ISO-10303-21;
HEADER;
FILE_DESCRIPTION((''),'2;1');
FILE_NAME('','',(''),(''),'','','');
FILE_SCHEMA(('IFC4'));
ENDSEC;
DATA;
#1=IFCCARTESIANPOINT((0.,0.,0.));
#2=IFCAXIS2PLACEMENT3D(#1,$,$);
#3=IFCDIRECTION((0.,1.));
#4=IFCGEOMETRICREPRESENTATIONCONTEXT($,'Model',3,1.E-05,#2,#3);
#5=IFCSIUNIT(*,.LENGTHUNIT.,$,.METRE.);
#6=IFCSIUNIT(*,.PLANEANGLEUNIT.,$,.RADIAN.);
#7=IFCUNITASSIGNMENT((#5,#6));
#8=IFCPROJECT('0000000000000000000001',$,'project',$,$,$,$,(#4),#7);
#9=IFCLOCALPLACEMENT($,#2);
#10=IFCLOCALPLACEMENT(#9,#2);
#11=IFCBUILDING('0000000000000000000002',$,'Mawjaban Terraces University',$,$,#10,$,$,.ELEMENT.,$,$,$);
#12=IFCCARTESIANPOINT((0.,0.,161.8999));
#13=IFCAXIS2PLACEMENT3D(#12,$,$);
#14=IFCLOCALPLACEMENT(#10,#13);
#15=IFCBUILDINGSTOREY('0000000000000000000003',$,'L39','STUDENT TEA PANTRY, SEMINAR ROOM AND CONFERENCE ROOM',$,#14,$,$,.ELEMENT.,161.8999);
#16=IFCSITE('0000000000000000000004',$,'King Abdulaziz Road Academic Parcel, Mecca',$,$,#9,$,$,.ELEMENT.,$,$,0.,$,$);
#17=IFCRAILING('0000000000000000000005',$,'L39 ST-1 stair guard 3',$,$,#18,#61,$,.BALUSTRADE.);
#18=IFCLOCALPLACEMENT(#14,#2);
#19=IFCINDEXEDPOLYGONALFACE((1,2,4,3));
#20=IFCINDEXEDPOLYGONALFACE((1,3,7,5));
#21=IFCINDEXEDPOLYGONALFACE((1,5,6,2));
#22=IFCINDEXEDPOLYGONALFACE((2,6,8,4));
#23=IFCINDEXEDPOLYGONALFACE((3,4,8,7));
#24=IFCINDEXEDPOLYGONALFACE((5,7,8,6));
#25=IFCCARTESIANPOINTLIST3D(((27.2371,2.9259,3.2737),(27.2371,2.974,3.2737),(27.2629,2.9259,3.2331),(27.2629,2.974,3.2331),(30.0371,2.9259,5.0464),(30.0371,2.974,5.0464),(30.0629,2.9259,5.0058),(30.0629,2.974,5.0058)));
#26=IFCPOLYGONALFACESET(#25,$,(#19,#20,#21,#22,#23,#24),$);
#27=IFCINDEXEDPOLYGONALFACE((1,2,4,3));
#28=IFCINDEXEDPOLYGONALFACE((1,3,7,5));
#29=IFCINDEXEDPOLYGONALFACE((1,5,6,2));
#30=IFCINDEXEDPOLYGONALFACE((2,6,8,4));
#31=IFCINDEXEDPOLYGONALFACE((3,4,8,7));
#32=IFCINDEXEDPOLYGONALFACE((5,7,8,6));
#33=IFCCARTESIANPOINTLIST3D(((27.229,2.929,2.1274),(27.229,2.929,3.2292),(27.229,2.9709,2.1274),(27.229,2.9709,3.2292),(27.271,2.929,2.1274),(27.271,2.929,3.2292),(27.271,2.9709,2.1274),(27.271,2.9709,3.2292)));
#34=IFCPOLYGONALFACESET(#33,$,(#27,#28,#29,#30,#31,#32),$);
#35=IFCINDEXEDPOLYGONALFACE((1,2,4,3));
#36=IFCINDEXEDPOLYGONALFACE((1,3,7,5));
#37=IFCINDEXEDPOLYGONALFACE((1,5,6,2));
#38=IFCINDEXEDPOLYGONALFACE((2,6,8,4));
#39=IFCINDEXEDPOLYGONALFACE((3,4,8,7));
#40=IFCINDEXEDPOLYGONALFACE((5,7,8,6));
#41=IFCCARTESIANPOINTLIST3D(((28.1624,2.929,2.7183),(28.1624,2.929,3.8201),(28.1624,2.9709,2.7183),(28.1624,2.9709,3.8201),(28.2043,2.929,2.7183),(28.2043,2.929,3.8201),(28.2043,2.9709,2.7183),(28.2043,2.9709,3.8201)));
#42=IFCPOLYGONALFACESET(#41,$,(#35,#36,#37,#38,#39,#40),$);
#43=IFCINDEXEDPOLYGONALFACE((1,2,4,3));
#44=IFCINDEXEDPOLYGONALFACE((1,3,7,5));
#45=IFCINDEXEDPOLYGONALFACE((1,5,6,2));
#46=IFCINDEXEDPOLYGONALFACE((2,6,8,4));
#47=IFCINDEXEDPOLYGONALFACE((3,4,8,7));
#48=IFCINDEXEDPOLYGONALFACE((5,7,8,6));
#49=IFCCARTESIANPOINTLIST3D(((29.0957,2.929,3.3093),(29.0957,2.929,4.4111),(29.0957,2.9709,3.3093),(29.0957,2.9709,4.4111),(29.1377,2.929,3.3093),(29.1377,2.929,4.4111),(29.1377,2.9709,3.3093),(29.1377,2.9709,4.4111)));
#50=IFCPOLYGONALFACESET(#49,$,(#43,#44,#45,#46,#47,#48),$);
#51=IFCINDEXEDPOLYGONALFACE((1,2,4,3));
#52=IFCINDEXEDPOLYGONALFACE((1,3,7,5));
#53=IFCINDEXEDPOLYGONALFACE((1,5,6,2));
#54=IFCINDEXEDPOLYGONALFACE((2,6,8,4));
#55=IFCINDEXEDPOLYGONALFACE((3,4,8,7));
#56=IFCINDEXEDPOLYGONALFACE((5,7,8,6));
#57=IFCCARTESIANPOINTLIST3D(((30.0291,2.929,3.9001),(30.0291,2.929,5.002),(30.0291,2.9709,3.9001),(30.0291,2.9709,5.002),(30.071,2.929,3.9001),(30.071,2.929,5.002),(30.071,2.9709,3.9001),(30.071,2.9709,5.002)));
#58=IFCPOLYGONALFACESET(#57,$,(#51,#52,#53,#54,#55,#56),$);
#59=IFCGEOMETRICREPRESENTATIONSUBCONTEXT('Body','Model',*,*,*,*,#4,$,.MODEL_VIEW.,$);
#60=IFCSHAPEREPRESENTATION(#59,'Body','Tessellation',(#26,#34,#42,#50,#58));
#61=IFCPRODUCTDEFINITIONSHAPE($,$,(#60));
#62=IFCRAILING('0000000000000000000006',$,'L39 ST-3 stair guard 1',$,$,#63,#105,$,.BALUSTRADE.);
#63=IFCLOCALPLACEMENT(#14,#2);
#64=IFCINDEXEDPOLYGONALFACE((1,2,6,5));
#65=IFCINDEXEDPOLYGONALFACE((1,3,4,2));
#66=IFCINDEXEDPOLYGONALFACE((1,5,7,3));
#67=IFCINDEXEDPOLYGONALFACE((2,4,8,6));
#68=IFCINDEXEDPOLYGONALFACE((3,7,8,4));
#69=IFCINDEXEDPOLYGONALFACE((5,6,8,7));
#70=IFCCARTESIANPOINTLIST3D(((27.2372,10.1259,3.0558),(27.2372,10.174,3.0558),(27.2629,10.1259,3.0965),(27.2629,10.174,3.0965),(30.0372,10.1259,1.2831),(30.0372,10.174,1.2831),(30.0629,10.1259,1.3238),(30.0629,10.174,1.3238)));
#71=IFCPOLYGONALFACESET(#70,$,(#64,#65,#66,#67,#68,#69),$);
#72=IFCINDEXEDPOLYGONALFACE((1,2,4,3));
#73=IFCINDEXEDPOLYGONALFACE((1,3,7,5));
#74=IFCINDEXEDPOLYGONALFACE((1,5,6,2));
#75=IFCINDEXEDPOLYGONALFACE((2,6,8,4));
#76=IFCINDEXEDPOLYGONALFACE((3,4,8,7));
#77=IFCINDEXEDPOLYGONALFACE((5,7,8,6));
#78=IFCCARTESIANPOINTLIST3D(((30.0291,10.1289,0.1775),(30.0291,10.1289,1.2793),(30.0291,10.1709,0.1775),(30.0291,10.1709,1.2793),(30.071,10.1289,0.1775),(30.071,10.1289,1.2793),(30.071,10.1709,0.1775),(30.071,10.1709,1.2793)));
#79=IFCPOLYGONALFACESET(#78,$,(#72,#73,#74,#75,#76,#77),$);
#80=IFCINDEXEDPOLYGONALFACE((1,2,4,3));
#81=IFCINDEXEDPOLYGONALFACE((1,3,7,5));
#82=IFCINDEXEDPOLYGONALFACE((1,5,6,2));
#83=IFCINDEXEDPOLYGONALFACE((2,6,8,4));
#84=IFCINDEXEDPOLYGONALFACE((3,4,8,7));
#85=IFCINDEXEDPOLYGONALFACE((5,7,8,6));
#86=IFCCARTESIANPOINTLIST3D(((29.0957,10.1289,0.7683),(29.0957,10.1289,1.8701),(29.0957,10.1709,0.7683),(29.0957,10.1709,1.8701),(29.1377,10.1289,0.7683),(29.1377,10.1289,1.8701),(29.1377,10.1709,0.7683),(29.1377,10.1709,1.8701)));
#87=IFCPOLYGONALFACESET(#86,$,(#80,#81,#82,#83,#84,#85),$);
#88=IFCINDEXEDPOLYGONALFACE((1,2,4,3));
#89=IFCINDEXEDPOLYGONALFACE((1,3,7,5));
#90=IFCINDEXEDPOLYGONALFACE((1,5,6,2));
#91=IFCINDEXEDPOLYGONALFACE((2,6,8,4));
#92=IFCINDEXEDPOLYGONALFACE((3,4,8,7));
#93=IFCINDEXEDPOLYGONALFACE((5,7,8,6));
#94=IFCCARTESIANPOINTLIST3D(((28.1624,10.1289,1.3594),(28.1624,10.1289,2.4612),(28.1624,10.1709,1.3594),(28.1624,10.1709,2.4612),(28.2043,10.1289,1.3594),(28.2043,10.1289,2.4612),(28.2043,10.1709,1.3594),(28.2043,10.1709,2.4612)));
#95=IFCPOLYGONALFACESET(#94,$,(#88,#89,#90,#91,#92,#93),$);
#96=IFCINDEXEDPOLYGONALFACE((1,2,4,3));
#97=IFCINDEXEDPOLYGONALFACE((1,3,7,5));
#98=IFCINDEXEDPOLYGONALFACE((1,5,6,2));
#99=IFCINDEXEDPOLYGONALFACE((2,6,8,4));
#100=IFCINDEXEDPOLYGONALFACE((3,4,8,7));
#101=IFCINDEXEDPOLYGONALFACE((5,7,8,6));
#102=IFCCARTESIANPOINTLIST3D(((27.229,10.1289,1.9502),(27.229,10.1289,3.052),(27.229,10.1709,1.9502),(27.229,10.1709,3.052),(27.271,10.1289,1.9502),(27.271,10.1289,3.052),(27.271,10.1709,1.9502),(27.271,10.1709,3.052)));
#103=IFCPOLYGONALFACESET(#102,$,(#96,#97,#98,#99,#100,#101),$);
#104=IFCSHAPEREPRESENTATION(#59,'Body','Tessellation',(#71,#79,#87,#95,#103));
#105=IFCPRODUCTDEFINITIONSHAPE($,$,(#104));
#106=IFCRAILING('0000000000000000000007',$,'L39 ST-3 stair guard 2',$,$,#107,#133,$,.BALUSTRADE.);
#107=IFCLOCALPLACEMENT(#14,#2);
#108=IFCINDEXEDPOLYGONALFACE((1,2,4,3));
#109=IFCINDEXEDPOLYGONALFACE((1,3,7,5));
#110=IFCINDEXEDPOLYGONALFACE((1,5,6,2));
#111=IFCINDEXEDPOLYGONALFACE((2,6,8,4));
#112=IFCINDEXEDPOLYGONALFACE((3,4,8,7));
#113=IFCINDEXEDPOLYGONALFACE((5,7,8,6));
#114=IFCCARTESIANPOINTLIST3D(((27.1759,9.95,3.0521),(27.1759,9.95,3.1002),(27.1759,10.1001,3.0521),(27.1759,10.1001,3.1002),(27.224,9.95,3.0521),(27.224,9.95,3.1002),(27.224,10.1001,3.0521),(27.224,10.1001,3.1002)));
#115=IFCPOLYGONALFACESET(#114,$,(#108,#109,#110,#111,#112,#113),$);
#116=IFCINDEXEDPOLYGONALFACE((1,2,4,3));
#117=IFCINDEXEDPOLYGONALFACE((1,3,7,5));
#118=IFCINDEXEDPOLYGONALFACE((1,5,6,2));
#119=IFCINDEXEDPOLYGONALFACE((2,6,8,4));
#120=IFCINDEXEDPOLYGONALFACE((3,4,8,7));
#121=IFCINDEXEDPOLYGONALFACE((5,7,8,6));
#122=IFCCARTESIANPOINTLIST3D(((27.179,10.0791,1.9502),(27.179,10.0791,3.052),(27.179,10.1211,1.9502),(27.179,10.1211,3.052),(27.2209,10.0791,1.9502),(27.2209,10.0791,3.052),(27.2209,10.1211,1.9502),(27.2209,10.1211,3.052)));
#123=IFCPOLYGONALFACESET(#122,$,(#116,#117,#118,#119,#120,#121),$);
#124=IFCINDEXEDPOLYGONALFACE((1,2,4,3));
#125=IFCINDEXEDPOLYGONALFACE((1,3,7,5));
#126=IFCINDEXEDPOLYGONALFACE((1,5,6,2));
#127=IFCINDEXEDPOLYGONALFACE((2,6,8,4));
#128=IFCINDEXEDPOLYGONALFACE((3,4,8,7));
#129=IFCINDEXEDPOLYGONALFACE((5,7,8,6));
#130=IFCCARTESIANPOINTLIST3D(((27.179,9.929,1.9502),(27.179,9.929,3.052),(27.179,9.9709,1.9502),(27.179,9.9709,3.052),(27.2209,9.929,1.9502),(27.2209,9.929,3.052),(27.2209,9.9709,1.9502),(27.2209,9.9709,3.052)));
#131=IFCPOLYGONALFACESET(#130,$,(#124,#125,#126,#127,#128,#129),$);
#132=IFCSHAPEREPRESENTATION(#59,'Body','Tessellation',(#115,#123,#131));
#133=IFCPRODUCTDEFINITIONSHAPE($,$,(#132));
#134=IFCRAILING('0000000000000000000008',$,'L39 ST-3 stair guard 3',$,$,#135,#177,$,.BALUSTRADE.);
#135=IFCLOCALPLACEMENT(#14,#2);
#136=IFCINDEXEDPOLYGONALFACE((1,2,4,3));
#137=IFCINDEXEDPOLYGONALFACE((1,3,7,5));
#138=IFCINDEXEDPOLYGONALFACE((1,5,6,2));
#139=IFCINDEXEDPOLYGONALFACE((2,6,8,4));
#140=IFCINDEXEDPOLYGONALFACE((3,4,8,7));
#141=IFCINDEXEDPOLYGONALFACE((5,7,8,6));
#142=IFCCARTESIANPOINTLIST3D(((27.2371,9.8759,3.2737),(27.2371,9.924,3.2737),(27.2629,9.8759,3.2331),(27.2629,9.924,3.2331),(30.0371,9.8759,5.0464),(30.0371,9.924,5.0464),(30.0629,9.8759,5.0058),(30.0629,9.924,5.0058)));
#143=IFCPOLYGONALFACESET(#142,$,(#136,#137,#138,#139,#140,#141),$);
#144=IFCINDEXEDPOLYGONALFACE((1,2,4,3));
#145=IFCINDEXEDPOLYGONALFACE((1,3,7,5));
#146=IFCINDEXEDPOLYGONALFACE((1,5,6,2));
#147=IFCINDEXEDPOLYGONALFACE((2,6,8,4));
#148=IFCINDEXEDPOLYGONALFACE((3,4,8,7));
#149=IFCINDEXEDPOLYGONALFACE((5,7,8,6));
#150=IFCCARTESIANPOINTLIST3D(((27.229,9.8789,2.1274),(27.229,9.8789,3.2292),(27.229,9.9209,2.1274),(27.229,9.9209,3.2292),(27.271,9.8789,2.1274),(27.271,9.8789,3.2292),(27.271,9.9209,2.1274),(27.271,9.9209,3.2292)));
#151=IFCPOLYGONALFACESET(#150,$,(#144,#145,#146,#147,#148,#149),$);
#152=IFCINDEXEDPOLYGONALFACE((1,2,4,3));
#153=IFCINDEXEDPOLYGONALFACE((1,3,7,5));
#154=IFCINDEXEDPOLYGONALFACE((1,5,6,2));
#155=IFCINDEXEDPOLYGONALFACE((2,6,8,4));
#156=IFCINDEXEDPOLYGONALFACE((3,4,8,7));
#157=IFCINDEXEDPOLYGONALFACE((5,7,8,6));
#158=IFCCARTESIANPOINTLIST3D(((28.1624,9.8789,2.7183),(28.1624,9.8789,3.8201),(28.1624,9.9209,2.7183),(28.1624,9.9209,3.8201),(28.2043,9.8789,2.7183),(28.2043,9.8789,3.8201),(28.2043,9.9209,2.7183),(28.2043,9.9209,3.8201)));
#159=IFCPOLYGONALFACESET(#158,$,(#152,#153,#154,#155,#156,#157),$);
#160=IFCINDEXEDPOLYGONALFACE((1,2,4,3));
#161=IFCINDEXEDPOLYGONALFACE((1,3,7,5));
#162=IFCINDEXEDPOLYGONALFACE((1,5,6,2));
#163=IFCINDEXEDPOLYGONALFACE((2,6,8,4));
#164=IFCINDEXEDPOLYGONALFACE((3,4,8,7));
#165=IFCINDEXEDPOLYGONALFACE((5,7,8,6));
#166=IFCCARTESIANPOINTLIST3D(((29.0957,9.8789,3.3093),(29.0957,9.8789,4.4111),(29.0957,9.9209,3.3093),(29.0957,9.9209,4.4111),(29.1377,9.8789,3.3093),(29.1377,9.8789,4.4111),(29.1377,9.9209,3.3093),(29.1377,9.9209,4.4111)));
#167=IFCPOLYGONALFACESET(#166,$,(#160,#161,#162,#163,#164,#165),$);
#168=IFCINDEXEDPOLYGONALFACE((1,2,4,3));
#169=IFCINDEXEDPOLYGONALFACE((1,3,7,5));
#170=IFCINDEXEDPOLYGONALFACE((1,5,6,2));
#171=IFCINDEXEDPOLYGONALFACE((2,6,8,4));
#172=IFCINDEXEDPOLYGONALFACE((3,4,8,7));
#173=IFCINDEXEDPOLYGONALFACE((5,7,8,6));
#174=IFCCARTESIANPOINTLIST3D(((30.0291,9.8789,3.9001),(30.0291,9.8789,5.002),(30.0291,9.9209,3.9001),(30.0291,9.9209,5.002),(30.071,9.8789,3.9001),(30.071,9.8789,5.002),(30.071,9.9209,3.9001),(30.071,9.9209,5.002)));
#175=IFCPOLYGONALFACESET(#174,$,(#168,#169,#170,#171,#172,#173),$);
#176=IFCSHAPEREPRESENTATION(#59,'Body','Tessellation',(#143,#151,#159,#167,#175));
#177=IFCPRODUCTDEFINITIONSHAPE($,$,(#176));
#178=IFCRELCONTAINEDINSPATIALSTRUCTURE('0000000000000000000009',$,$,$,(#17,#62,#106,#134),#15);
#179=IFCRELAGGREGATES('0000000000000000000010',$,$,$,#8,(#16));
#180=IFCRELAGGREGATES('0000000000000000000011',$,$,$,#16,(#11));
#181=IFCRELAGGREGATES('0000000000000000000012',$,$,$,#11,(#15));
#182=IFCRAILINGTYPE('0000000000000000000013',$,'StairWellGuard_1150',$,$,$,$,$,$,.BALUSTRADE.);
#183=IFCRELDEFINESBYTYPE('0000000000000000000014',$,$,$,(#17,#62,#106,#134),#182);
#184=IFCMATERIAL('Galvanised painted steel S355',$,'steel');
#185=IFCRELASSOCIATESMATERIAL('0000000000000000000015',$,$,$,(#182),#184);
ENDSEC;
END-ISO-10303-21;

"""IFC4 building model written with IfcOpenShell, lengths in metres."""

from ifc_helpers import new_model, si_unit, direction, frame, origin, origin_2d, place, context, subcontext, project, spatial, rectangle, extrude, material, type_object, element, save


model = new_model("IFC4")

# Units and contexts
model_context = context("Model", 3, precision=1e-05, world=origin(), true_north=direction((0.0, 1.0)))
body_context = subcontext(model_context, "Body", "Model", "MODEL_VIEW")
ifc_project = project(units=[si_unit("LENGTHUNIT", "METRE"), si_unit("PLANEANGLEUNIT", "RADIAN")], contexts=[model_context])

# Site, building, storey
site_placement = place(None, origin())
site = spatial("IfcSite", under=ifc_project, at=site_placement, Name="King Abdulaziz Road Academic Parcel, Mecca", CompositionType="ELEMENT", RefElevation=0.0)
building_placement = place(site_placement, origin())
building = spatial("IfcBuilding", under=site, at=building_placement, Name="Mawjaban Terraces University", CompositionType="ELEMENT")
storey_placement = place(building_placement, frame((0.0, 0.0, 161.8999)))
storey = spatial("IfcBuildingStorey", under=building, at=storey_placement, Name="L39", Description="STUDENT TEA PANTRY, SEMINAR ROOM AND CONFERENCE ROOM", CompositionType="ELEMENT", Elevation=161.8999)

# Railings
ifc_material_1 = material(Name="Galvanised painted steel S355", Category="steel")
railing_type_1 = type_object("IfcRailingType", Name="StairWellGuard_1150", PredefinedType="BALUSTRADE", material=ifc_material_1)
railing_1_placement = place(storey_placement, frame((27.25, 2.95, 2.1274)))
element("IfcRailing", 1, at=railing_1_placement, inside=storey, type_object=railing_type_1, Name="L39 ST-1 stair guard 3", PredefinedType="BALUSTRADE", context=body_context, shape_type="SweptSolid", body=[
    extrude(rectangle(XDim=0.0481, YDim=0.0481, at=origin_2d()), frame((0.0, 0.0, 1.126), z_axis=(0.844909, 0.0, 0.53491), x_axis=(0.0, 1.0, 0.0)), (0.0, 0.0, 1.0), 3.314),
    extrude(rectangle(XDim=0.042, YDim=0.042, at=origin_2d()), origin(), (0.0, 0.0, 1.0), 1.1018),
    extrude(rectangle(XDim=0.042, YDim=0.042, at=origin_2d()), frame((0.9333, 0.0, 0.5908)), (0.0, 0.0, 1.0), 1.1018),
    extrude(rectangle(XDim=0.042, YDim=0.042, at=origin_2d()), frame((1.8667, 0.0, 1.1819)), (0.0, 0.0, 1.0), 1.1018),
    extrude(rectangle(XDim=0.042, YDim=0.042, at=origin_2d()), frame((2.8, 0.0, 1.7727)), (0.0, 0.0, 1.0), 1.1018),
])
railing_2_placement = place(storey_placement, frame((30.05, 10.1499, 0.1775)))
element("IfcRailing", 2, at=railing_2_placement, inside=storey, type_object=railing_type_1, Name="L39 ST-3 stair guard 1", PredefinedType="BALUSTRADE", context=body_context, shape_type="SweptSolid", body=[
    extrude(rectangle(XDim=0.0481, YDim=0.0481, at=origin_2d()), frame((0.0, 0.0, 1.126), z_axis=(-0.844909, 0.0, 0.53491), x_axis=(0.0, -1.0, 0.0)), (0.0, 0.0, 1.0), 3.314),
    extrude(rectangle(XDim=0.042, YDim=0.042, at=origin_2d()), origin(), (0.0, 0.0, 1.0), 1.1018),
    extrude(rectangle(XDim=0.042, YDim=0.042, at=origin_2d()), frame((-0.9333, 0.0, 0.5908)), (0.0, 0.0, 1.0), 1.1018),
    extrude(rectangle(XDim=0.042, YDim=0.042, at=origin_2d()), frame((-1.8667, 0.0, 1.1819)), (0.0, 0.0, 1.0), 1.1018),
    extrude(rectangle(XDim=0.042, YDim=0.042, at=origin_2d()), frame((-2.8, 0.0, 1.7727)), (0.0, 0.0, 1.0), 1.1018),
])
railing_3_placement = place(storey_placement, frame((27.2, 10.1001, 1.9502)))
element("IfcRailing", 3, at=railing_3_placement, inside=storey, type_object=railing_type_1, Name="L39 ST-3 stair guard 2", PredefinedType="BALUSTRADE", context=body_context, shape_type="SweptSolid", body=[
    extrude(rectangle(XDim=0.0481, YDim=0.0481, at=origin_2d()), frame((0.0, 0.0, 1.126), z_axis=(0.0, -1.0, 0.0), x_axis=(1.0, 0.0, 0.0)), (0.0, 0.0, 1.0), 0.1501),
    extrude(rectangle(XDim=0.042, YDim=0.042, at=origin_2d()), origin(), (0.0, 0.0, 1.0), 1.1018),
    extrude(rectangle(XDim=0.042, YDim=0.042, at=origin_2d()), frame((0.0, -0.1501, 0.0)), (0.0, 0.0, 1.0), 1.1018),
])
railing_4_placement = place(storey_placement, frame((27.25, 9.8999, 2.1274)))
element("IfcRailing", 4, at=railing_4_placement, inside=storey, type_object=railing_type_1, Name="L39 ST-3 stair guard 3", PredefinedType="BALUSTRADE", context=body_context, shape_type="SweptSolid", body=[
    extrude(rectangle(XDim=0.0481, YDim=0.0481, at=origin_2d()), frame((0.0, 0.0, 1.126), z_axis=(0.844909, 0.0, 0.53491), x_axis=(0.0, 1.0, 0.0)), (0.0, 0.0, 1.0), 3.314),
    extrude(rectangle(XDim=0.042, YDim=0.042, at=origin_2d()), origin(), (0.0, 0.0, 1.0), 1.1018),
    extrude(rectangle(XDim=0.042, YDim=0.042, at=origin_2d()), frame((0.9333, 0.0, 0.5908)), (0.0, 0.0, 1.0), 1.1018),
    extrude(rectangle(XDim=0.042, YDim=0.042, at=origin_2d()), frame((1.8667, 0.0, 1.1819)), (0.0, 0.0, 1.0), 1.1018),
    extrude(rectangle(XDim=0.042, YDim=0.042, at=origin_2d()), frame((2.8, 0.0, 1.7727)), (0.0, 0.0, 1.0), 1.1018),
])

save(model, "model.ifc")
